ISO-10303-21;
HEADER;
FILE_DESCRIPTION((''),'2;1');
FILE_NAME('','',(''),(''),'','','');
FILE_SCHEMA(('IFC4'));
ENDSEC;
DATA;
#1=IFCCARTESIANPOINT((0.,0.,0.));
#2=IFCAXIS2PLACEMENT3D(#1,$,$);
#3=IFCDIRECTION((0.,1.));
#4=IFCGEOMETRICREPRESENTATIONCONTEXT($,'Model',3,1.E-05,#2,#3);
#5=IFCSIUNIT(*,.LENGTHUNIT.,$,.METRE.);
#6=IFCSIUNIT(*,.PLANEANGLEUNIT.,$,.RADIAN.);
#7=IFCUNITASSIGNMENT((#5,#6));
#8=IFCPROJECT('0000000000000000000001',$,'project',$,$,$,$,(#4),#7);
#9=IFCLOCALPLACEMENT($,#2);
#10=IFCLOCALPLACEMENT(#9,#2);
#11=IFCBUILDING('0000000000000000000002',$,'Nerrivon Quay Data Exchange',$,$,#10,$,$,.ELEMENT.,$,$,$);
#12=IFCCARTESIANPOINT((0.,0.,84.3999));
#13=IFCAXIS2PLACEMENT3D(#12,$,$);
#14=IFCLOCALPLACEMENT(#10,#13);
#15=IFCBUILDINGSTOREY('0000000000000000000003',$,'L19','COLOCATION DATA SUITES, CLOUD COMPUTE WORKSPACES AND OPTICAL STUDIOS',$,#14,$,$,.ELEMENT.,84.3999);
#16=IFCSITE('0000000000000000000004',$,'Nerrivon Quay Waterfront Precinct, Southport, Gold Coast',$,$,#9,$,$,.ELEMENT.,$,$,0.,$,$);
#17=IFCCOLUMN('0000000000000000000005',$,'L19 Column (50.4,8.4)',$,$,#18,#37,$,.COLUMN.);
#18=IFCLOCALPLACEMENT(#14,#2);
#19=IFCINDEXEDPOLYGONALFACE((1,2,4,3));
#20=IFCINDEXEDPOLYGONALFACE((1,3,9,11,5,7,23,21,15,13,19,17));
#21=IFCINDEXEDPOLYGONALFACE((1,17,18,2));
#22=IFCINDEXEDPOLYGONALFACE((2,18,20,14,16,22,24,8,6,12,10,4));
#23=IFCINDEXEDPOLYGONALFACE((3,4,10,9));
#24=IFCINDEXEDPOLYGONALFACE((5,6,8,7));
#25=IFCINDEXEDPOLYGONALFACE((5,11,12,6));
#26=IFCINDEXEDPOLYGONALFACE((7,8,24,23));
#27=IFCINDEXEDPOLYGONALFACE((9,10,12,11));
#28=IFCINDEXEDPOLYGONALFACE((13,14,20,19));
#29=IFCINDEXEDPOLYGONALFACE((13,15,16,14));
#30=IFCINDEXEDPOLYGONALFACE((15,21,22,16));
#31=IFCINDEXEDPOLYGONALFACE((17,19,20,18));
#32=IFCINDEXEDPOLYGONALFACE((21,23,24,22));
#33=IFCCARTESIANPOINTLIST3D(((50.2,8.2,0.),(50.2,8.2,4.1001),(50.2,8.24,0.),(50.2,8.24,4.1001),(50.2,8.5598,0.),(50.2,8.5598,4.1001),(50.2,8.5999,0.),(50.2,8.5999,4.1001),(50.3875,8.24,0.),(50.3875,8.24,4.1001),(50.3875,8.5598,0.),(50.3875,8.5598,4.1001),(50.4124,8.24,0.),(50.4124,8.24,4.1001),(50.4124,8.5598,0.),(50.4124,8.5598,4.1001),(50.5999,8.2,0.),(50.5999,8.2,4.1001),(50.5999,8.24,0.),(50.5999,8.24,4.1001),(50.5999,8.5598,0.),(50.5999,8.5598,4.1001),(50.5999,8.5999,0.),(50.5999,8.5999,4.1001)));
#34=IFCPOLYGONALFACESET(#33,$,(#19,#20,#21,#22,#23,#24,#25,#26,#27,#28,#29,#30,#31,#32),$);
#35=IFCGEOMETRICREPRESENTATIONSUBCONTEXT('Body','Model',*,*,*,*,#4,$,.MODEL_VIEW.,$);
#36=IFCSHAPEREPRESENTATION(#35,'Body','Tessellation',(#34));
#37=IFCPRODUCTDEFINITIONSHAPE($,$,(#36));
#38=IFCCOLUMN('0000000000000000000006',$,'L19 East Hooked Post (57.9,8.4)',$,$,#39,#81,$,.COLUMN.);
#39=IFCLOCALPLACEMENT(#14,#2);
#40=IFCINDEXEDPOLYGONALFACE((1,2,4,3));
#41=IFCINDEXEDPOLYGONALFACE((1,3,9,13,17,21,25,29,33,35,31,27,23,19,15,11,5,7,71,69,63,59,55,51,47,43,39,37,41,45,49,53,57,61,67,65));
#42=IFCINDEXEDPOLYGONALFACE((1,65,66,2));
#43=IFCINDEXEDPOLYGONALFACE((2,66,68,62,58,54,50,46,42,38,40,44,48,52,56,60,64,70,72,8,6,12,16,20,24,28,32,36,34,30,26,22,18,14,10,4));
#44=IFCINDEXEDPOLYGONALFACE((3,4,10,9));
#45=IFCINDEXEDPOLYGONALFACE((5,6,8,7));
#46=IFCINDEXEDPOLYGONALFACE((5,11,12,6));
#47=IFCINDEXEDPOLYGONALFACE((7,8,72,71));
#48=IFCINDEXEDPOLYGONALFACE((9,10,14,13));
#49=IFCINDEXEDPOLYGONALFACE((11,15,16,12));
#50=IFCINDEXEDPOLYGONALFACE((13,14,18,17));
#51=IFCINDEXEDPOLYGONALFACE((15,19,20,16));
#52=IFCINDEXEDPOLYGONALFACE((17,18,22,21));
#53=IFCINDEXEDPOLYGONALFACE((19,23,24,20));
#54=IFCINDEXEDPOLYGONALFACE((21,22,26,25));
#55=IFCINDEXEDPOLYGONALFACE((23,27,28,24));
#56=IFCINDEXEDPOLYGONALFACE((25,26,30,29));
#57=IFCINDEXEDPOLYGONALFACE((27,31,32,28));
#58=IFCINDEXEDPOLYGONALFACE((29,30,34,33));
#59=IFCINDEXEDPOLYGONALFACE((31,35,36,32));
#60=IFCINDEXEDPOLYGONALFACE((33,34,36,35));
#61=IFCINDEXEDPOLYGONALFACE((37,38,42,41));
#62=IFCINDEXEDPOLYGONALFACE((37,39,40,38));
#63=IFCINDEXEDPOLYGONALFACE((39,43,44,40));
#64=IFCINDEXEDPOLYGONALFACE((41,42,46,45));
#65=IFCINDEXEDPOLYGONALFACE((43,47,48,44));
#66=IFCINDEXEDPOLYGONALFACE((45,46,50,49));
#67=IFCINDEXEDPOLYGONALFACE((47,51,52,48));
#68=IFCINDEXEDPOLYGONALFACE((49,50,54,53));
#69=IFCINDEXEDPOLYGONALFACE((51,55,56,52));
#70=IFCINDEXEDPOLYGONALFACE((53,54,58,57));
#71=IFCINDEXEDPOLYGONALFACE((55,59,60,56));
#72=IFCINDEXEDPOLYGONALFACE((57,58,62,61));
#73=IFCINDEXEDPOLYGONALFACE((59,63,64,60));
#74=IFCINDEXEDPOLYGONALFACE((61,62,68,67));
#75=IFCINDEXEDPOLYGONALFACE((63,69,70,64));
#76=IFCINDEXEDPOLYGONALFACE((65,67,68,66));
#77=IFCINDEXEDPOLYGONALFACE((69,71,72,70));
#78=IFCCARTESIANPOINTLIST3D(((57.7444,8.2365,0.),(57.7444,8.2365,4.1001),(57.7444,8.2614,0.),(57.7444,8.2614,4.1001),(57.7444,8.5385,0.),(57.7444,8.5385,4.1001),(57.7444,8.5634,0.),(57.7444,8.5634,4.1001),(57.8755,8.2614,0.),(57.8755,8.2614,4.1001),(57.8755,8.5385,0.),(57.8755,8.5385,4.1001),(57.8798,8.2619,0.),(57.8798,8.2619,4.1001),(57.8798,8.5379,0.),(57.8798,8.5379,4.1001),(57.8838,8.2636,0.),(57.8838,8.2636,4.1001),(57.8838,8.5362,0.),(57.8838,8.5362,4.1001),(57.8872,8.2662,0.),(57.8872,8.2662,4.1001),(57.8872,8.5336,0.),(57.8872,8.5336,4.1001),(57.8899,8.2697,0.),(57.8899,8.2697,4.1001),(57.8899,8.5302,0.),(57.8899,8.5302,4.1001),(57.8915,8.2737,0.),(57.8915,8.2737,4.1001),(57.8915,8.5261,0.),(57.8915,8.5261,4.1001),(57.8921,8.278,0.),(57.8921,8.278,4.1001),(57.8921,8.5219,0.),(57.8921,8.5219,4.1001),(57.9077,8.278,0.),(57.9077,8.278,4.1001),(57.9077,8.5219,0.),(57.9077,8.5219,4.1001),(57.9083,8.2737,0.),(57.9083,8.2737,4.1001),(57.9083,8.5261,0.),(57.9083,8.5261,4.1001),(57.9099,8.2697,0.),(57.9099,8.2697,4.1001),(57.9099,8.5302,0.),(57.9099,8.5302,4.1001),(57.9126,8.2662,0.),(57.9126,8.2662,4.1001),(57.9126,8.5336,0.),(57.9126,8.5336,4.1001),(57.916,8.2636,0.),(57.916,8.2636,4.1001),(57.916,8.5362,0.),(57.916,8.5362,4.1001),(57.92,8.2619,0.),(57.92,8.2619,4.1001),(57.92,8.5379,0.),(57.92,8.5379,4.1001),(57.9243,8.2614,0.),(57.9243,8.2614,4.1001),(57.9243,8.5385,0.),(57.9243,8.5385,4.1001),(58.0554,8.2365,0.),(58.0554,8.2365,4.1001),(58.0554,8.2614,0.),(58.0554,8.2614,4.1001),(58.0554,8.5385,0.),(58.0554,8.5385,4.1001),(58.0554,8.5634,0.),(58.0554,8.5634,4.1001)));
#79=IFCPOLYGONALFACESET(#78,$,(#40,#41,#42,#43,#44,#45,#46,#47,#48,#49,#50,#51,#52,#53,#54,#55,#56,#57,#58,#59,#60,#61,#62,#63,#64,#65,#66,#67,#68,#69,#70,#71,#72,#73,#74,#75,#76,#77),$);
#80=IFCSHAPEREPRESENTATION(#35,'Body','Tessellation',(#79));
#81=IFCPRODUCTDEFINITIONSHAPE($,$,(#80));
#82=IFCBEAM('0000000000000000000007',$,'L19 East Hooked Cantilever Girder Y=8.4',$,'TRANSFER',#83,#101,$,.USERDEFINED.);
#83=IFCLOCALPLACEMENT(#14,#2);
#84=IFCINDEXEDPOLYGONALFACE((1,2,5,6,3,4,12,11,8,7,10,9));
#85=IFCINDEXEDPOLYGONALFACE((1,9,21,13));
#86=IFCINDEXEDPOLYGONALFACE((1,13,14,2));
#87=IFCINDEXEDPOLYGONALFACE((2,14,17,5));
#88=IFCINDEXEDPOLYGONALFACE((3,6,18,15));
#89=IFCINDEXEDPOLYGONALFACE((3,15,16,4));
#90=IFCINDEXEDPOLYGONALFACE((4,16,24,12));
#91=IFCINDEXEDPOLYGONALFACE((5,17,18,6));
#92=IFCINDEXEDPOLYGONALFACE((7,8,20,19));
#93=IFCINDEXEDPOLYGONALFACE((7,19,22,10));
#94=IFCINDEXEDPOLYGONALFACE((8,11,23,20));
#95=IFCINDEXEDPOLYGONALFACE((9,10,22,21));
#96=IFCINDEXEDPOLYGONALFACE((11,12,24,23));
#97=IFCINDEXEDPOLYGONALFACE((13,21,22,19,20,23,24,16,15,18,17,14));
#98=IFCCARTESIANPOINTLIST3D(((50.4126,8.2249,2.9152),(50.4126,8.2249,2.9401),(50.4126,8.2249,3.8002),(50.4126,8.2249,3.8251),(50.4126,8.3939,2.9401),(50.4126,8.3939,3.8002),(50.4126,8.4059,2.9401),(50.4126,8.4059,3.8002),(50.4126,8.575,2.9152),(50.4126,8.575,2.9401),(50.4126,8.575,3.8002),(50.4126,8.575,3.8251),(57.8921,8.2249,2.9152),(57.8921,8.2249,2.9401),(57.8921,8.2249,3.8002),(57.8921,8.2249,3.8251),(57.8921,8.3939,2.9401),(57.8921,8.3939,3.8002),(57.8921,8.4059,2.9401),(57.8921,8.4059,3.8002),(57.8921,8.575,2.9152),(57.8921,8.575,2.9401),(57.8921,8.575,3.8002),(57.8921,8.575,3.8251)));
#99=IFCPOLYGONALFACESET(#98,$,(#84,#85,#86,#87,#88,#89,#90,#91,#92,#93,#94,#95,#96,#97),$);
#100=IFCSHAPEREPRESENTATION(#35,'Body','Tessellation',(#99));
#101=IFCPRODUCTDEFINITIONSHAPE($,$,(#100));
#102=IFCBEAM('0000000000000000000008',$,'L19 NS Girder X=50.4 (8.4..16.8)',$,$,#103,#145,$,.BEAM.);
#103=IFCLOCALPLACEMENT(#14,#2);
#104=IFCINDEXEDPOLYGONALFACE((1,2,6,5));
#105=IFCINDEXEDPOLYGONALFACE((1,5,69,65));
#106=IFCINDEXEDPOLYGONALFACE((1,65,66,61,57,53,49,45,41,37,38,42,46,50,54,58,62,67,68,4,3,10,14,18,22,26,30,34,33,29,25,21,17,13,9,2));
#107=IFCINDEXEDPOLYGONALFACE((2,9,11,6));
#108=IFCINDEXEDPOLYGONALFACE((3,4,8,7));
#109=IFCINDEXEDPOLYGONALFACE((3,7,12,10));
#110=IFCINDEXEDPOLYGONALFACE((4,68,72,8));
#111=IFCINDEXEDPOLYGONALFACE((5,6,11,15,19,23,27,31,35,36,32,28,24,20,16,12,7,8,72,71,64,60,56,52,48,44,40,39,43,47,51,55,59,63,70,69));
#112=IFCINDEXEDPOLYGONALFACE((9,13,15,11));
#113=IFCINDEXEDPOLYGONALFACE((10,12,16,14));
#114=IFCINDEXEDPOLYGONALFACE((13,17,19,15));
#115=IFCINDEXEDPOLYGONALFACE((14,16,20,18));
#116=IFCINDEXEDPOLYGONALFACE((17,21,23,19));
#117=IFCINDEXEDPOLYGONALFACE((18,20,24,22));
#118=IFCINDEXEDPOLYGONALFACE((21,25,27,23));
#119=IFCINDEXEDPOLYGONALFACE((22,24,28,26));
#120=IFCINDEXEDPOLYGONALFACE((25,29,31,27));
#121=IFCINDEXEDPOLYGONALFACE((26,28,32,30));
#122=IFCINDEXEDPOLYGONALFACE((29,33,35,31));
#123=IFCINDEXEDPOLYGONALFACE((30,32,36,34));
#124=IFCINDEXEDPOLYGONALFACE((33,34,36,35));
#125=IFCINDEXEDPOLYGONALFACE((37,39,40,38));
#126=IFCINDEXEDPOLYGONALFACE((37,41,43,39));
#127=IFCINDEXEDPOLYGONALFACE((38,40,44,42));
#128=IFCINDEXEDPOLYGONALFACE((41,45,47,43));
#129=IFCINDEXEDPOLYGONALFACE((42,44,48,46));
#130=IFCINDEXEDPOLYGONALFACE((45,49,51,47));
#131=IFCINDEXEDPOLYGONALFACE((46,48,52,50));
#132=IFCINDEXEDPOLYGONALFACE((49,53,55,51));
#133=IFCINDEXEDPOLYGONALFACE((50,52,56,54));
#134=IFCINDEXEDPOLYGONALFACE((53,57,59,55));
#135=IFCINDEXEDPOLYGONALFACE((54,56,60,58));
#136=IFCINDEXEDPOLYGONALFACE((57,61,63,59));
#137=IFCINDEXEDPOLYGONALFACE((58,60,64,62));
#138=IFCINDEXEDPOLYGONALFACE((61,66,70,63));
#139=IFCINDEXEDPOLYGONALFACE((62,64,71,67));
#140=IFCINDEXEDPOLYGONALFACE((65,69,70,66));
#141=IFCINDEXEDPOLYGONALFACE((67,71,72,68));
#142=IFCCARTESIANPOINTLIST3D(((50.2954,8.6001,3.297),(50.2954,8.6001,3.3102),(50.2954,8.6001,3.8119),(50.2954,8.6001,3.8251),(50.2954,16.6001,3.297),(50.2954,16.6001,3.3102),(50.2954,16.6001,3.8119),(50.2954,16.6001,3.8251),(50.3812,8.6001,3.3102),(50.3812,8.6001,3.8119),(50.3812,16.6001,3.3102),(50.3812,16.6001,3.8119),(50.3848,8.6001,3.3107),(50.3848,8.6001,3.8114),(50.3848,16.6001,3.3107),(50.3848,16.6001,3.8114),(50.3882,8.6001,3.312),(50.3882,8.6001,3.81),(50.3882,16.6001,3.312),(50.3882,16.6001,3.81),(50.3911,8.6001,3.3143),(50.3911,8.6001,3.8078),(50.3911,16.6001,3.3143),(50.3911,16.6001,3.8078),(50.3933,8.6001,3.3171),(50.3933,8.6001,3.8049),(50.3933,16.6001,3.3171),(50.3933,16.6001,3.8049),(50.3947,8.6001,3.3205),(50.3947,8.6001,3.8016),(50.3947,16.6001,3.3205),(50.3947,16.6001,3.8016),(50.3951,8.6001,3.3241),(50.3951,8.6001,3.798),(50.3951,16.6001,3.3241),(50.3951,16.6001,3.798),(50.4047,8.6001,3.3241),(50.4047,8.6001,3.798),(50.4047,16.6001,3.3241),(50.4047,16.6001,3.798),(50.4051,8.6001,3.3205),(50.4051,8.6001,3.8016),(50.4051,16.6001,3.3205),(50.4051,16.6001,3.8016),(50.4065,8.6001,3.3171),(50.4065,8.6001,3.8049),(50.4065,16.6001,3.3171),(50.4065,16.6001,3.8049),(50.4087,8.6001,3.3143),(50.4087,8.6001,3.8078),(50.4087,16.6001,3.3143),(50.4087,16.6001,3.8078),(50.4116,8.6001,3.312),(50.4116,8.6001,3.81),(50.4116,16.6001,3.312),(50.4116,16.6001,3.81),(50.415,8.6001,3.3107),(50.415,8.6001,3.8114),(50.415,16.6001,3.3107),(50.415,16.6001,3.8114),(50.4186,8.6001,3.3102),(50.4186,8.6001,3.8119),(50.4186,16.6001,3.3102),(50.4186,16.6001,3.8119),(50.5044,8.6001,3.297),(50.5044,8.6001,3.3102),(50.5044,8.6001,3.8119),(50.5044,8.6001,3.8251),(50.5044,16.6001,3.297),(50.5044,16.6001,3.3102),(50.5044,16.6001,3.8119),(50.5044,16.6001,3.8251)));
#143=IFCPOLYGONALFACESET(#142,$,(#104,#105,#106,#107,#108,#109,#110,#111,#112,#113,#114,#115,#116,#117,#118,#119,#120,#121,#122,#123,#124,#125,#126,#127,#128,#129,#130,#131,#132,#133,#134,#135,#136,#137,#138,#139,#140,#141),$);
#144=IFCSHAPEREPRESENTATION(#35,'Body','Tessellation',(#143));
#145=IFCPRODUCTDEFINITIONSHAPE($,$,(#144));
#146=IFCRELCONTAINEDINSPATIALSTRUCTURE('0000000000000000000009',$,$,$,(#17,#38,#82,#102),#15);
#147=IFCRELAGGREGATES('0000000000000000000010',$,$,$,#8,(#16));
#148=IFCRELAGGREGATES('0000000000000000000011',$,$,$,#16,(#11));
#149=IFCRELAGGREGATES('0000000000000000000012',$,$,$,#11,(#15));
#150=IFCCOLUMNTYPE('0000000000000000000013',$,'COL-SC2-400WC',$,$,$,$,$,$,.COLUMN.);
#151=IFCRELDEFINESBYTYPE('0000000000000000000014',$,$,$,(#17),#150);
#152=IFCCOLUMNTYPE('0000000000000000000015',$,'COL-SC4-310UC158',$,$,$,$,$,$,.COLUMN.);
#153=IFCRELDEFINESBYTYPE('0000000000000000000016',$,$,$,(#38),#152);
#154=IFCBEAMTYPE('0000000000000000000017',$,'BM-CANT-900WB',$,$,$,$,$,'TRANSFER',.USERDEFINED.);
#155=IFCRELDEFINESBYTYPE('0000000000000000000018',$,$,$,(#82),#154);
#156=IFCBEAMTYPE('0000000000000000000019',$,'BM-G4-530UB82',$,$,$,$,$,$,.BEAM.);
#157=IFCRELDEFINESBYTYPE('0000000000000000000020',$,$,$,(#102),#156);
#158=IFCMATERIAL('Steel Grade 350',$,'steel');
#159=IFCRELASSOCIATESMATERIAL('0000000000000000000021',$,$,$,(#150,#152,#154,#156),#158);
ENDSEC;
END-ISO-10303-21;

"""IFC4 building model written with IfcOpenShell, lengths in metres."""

from ifc_helpers import new_model, si_unit, direction, frame, origin, origin_2d, place, context, subcontext, project, spatial, i_section, extrude, material, material_profile, profile_set, type_object, element, save


model = new_model("IFC4")

# Units and contexts
model_context = context("Model", 3, precision=1e-05, world=origin(), true_north=direction((0.0, 1.0)))
body_context = subcontext(model_context, "Body", "Model", "MODEL_VIEW")
ifc_project = project(units=[si_unit("LENGTHUNIT", "METRE"), si_unit("PLANEANGLEUNIT", "RADIAN")], contexts=[model_context])

# Site, building, storey
site_placement = place(None, origin())
site = spatial("IfcSite", under=ifc_project, at=site_placement, Name="Nerrivon Quay Waterfront Precinct, Southport, Gold Coast", CompositionType="ELEMENT", RefElevation=0.0)
building_placement = place(site_placement, origin())
building = spatial("IfcBuilding", under=site, at=building_placement, Name="Nerrivon Quay Data Exchange", CompositionType="ELEMENT")
storey_placement = place(building_placement, frame((0.0, 0.0, 84.3999)))
storey = spatial("IfcBuildingStorey", under=building, at=storey_placement, Name="L19", Description="COLOCATION DATA SUITES, CLOUD COMPUTE WORKSPACES AND OPTICAL STUDIOS", CompositionType="ELEMENT", Elevation=84.3999)

# Columns
ifc_material_1 = material(Name="Steel Grade 350", Category="steel")
ifc_material_profile_1 = material_profile(ifc_material_1, i_section(OverallWidth=0.3999, OverallDepth=0.3999, WebThickness=0.0249, FlangeThickness=0.04, at=origin_2d()), Name="400WC328")
ifc_profile_set_1 = profile_set([ifc_material_profile_1], Name="Steel Grade 350")
column_type_1 = type_object("IfcColumnType", Name="COL-SC2-400WC", PredefinedType="COLUMN", material=ifc_profile_set_1)
column_1_placement = place(storey_placement, frame((50.3999, 8.3999, 0.0), z_axis=(0.0, 0.0, 1.0), x_axis=(1.0, 0.0, 0.0)))
element("IfcColumn", 1, at=column_1_placement, inside=storey, type_object=column_type_1, Name="L19 Column (50.4,8.4)", PredefinedType="COLUMN", context=body_context, shape_type="SweptSolid", body=[
    extrude(i_section(OverallWidth=0.3999, OverallDepth=0.3999, WebThickness=0.0249, FlangeThickness=0.04, at=origin_2d()), origin(), (0.0, 0.0, 1.0), 4.1001),
])
ifc_material_profile_2 = material_profile(ifc_material_1, i_section(OverallWidth=0.311, OverallDepth=0.3269, WebThickness=0.0156, FlangeThickness=0.0249, FilletRadius=0.0166, at=origin_2d()), Name="310UC158")
ifc_profile_set_2 = profile_set([ifc_material_profile_2], Name="Steel Grade 350")
column_type_2 = type_object("IfcColumnType", Name="COL-SC4-310UC158", PredefinedType="COLUMN", material=ifc_profile_set_2)
column_2_placement = place(storey_placement, frame((57.8999, 8.3999, 0.0), z_axis=(0.0, 0.0, 1.0), x_axis=(1.0, 0.0, 0.0)))
element("IfcColumn", 2, at=column_2_placement, inside=storey, type_object=column_type_2, Name="L19 East Hooked Post (57.9,8.4)", PredefinedType="COLUMN", context=body_context, shape_type="SweptSolid", body=[
    extrude(i_section(OverallWidth=0.311, OverallDepth=0.3269, WebThickness=0.0156, FlangeThickness=0.0249, FilletRadius=0.0166, at=origin_2d()), origin(), (0.0, 0.0, 1.0), 4.1001),
])

# Beams
ifc_material_profile_3 = material_profile(ifc_material_1, i_section(OverallWidth=0.3501, OverallDepth=0.9099, WebThickness=0.012, FlangeThickness=0.0249, at=origin_2d()), Name="900WB218")
ifc_profile_set_3 = profile_set([ifc_material_profile_3], Name="Steel Grade 350")
beam_type_1 = type_object("IfcBeamType", Name="BM-CANT-900WB", ElementType="TRANSFER", PredefinedType="USERDEFINED", material=ifc_profile_set_3)
beam_1_placement = place(storey_placement, frame((50.4126, 8.3999, 3.3701), z_axis=(1.0, 0.0, 0.0), x_axis=(0.0, 1.0, 0.0)))
element("IfcBeam", 3, at=beam_1_placement, inside=storey, type_object=beam_type_1, Name="L19 East Hooked Cantilever Girder Y=8.4", ObjectType="TRANSFER", PredefinedType="USERDEFINED", context=body_context, shape_type="SweptSolid", body=[
    extrude(i_section(OverallWidth=0.3501, OverallDepth=0.9099, WebThickness=0.012, FlangeThickness=0.0249, at=origin_2d()), origin(), (0.0, 0.0, 1.0), 7.4795),
])
ifc_material_profile_4 = material_profile(ifc_material_1, i_section(OverallWidth=0.209, OverallDepth=0.5281, WebThickness=0.0095, FlangeThickness=0.0132, FilletRadius=0.0139, at=origin_2d()), Name="530UB82.0")
ifc_profile_set_4 = profile_set([ifc_material_profile_4], Name="Steel Grade 350")
beam_type_2 = type_object("IfcBeamType", Name="BM-G4-530UB82", PredefinedType="BEAM", material=ifc_profile_set_4)
beam_2_placement = place(storey_placement, frame((50.3999, 8.6001, 3.561), z_axis=(0.0, 1.0, 0.0), x_axis=(-1.0, 0.0, 0.0)))
element("IfcBeam", 4, at=beam_2_placement, inside=storey, type_object=beam_type_2, Name="L19 NS Girder X=50.4 (8.4..16.8)", PredefinedType="BEAM", context=body_context, shape_type="SweptSolid", body=[
    extrude(i_section(OverallWidth=0.209, OverallDepth=0.5281, WebThickness=0.0095, FlangeThickness=0.0132, FilletRadius=0.0139, at=origin_2d()), origin(), (0.0, 0.0, 1.0), 8.0),
])

save(model, "model.ifc")
